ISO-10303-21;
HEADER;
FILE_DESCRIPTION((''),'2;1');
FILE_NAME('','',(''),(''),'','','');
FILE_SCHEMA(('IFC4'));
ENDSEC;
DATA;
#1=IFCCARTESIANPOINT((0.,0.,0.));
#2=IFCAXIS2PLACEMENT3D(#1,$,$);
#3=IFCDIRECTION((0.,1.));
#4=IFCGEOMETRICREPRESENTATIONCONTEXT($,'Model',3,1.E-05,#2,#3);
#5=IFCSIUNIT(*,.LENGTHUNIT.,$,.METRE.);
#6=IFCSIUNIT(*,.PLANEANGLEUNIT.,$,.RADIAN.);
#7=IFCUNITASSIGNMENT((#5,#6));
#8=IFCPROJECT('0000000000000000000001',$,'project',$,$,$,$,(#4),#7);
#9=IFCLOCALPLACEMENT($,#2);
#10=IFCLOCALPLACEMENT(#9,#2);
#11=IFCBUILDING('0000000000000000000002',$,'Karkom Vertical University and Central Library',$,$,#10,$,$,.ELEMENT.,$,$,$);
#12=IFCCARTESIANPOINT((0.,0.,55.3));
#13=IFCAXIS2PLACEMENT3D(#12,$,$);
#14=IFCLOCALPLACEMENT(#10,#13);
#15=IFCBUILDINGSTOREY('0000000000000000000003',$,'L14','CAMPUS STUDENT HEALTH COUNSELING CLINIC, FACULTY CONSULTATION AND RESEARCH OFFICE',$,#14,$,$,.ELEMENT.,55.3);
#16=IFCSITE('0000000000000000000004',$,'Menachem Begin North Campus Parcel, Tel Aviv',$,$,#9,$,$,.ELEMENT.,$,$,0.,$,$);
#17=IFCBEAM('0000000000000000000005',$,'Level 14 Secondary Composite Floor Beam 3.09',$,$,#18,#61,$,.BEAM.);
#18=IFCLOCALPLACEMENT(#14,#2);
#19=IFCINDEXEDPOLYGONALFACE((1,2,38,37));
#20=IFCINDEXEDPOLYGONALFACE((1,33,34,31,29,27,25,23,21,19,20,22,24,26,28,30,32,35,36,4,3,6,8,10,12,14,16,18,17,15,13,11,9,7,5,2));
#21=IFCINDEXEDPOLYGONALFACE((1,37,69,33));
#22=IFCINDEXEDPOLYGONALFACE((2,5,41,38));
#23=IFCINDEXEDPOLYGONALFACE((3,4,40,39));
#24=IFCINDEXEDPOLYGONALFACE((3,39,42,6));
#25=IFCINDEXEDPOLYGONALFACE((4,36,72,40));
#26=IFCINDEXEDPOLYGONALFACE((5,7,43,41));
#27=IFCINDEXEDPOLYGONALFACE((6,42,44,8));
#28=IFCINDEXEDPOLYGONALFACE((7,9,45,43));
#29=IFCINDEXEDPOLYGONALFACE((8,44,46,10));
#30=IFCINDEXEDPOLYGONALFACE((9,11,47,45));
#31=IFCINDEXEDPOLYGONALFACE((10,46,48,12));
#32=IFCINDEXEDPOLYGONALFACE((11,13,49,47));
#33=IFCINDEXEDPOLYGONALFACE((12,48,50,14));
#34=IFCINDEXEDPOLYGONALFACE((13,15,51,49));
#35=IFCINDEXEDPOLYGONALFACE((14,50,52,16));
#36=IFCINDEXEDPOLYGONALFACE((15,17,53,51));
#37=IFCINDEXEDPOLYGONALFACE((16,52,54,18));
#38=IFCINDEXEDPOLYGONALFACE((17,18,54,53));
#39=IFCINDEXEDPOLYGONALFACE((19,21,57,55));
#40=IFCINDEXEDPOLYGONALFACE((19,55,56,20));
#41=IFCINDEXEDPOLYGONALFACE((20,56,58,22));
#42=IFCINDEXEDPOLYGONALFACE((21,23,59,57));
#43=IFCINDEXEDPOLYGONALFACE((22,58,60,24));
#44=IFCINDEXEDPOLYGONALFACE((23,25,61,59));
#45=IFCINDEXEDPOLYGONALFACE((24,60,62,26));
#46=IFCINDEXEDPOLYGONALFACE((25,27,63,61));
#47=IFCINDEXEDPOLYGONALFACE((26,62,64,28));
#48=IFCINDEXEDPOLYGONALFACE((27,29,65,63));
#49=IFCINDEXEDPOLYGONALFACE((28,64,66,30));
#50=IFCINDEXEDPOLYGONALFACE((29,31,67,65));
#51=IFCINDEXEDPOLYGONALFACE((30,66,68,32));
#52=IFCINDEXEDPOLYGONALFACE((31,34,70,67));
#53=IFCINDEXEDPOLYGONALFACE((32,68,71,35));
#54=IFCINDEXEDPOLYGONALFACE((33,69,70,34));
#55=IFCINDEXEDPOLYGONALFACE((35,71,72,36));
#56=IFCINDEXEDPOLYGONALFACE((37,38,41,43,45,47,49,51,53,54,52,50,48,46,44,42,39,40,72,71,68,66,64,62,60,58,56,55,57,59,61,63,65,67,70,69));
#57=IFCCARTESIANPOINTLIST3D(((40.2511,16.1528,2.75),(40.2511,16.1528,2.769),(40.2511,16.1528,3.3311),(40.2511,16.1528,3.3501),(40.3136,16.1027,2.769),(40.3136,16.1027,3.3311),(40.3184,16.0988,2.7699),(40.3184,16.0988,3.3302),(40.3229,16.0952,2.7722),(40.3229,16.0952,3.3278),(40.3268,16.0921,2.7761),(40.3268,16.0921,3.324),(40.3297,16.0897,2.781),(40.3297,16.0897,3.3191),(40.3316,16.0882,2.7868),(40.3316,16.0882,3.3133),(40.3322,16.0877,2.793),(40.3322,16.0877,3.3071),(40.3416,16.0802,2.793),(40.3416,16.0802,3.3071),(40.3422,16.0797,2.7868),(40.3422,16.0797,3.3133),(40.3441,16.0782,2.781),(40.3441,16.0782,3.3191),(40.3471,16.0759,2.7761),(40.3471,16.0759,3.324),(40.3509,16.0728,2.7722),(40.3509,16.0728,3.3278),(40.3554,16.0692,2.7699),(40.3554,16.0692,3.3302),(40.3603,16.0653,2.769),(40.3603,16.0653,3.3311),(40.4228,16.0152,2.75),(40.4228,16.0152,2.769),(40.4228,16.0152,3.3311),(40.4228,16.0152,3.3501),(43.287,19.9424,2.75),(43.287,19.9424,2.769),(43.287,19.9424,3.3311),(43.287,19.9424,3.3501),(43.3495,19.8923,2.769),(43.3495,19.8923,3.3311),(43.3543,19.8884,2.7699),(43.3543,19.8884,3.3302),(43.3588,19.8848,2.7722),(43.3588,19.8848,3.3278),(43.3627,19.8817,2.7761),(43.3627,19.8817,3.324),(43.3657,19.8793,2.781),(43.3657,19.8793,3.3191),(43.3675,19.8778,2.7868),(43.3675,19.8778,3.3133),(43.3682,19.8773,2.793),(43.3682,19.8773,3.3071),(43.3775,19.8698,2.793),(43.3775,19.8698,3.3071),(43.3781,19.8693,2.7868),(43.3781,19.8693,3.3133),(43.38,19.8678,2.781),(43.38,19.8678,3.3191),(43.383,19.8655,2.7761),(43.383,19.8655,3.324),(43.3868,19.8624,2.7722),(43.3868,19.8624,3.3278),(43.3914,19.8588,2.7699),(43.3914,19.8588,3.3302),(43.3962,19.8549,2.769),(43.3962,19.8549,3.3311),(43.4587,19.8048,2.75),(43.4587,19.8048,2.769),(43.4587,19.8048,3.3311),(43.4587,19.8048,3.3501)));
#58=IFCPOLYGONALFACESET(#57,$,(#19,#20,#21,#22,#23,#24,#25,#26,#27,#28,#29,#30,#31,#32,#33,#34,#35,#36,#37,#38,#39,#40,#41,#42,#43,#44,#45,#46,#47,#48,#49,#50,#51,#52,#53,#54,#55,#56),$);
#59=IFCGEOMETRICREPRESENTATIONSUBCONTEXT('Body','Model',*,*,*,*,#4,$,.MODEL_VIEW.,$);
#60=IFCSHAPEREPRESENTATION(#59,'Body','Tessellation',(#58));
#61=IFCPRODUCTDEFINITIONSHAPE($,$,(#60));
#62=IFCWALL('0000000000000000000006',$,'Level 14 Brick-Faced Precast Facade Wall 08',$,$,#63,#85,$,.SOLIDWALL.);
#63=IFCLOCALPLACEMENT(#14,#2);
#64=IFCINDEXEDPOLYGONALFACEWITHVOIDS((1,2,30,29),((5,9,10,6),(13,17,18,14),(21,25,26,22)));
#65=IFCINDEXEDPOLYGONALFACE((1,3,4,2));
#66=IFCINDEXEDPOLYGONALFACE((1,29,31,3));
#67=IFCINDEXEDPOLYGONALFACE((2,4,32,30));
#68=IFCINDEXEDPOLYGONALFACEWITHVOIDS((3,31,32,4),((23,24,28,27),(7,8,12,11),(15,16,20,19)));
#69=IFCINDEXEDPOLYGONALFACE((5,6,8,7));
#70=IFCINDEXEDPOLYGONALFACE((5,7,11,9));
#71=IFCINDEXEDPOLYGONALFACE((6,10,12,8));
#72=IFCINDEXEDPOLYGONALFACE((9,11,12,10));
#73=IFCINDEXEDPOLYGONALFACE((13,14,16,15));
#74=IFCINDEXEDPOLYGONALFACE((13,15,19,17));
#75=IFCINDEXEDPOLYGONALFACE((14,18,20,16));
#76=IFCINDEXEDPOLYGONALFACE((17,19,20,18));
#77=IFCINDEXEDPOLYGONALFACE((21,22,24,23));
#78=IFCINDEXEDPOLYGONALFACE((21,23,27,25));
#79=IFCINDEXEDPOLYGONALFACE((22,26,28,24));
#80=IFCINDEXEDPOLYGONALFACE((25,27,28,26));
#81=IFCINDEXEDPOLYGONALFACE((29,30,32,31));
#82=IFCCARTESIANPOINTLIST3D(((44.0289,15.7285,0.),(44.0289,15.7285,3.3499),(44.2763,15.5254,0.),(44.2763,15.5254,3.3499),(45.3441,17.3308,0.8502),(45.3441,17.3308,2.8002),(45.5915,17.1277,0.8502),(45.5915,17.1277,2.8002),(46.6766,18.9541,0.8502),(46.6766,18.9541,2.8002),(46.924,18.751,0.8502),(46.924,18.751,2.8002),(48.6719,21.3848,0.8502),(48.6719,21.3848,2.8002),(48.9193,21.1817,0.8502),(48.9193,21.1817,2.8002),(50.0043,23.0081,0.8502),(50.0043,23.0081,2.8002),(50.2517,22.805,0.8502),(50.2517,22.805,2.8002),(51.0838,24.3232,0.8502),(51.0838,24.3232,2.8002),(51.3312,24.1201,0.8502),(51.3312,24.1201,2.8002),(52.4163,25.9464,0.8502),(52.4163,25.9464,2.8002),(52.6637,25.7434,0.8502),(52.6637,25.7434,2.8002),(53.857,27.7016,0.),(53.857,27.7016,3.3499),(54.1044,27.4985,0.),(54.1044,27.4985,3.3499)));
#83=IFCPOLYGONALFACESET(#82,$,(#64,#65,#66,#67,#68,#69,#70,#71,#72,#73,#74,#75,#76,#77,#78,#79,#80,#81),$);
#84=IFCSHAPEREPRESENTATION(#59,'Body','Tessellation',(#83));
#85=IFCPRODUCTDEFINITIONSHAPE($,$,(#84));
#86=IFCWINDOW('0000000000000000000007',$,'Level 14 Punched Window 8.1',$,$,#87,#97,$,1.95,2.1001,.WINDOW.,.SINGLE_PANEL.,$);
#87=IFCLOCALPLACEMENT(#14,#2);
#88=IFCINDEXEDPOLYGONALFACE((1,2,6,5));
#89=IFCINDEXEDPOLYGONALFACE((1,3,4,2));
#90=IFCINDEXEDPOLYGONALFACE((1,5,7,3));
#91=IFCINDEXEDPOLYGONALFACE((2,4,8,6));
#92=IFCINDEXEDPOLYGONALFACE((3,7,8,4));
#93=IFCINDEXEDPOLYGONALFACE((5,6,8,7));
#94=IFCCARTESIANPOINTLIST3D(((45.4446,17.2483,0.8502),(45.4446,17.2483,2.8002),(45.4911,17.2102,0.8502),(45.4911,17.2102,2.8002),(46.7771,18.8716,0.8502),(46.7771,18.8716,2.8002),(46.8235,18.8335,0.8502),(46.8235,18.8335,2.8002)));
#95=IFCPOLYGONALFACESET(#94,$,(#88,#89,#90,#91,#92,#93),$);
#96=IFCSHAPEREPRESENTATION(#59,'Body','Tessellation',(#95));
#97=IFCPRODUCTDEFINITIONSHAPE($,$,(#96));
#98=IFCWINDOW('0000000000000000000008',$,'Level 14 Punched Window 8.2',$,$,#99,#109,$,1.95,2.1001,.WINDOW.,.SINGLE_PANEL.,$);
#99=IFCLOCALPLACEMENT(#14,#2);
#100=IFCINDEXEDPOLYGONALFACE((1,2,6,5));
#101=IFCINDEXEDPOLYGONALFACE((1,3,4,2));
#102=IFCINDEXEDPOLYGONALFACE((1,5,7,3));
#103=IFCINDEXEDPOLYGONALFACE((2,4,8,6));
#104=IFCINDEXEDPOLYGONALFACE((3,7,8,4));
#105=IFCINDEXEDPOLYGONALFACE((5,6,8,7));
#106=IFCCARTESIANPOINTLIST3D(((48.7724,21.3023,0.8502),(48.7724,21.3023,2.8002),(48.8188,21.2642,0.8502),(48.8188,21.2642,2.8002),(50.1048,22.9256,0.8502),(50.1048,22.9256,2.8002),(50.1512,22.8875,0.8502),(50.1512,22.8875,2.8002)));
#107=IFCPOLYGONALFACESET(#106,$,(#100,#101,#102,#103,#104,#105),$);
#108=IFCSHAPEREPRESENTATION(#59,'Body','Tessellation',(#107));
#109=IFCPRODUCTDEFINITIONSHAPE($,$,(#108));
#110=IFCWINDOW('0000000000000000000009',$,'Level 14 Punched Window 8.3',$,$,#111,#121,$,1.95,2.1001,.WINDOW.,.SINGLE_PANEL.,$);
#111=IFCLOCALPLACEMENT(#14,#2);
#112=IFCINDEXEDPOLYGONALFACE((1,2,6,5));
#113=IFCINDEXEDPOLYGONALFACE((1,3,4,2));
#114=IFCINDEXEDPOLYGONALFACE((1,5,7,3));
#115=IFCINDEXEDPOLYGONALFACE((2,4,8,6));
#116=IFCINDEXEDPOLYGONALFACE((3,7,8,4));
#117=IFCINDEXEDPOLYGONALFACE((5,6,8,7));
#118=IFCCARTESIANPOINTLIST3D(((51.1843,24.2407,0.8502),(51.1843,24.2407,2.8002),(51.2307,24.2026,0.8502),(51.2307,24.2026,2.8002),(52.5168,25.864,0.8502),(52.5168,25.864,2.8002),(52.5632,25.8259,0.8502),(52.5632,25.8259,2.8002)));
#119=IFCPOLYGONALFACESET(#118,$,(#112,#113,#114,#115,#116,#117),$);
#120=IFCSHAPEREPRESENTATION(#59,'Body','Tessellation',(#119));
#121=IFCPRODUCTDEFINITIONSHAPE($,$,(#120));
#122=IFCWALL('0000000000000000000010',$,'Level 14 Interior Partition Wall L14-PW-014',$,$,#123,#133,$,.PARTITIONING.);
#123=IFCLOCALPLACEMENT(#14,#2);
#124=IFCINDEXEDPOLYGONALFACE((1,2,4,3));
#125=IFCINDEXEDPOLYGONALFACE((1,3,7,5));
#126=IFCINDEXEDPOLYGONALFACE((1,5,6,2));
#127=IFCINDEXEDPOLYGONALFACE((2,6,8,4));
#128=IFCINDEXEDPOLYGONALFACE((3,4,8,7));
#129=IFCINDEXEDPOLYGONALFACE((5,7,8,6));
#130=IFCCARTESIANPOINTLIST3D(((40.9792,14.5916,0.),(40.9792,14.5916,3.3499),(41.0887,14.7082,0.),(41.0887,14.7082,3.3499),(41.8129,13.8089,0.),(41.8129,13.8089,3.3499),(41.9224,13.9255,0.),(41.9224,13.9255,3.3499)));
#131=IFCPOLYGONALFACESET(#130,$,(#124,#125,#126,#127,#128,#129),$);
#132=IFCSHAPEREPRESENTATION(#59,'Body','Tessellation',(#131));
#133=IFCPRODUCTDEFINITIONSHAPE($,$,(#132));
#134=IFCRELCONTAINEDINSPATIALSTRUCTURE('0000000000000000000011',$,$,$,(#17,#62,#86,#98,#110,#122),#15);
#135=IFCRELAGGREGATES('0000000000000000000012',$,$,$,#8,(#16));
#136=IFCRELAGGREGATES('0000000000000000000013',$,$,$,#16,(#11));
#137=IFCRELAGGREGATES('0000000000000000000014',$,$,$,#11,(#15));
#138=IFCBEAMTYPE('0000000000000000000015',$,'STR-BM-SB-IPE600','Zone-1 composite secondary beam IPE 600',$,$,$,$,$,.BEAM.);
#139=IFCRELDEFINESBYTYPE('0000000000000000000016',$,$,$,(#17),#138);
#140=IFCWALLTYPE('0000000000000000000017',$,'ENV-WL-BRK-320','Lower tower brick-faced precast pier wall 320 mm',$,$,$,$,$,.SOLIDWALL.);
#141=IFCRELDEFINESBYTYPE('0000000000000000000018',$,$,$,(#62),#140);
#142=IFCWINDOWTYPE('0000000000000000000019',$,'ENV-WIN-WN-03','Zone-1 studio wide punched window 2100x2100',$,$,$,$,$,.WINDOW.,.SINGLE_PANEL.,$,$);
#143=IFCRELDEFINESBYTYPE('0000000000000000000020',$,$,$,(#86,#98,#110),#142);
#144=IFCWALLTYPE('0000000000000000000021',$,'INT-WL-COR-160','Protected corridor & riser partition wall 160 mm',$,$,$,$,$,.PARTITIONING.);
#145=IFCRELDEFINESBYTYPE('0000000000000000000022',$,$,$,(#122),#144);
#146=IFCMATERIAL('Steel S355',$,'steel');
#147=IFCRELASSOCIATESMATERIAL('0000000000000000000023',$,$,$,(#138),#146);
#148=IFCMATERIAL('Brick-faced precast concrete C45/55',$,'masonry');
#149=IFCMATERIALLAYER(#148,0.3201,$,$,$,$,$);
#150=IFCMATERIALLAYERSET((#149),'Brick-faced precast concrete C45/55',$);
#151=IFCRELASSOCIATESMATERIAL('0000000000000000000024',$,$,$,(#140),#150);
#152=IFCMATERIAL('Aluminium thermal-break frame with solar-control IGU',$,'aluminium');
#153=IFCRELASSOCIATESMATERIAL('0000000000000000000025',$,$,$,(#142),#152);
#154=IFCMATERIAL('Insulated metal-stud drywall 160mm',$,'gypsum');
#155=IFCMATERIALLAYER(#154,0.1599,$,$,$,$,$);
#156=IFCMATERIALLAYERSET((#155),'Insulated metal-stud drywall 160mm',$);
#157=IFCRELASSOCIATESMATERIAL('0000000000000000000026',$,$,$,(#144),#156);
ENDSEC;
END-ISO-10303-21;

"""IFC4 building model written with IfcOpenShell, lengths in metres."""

from ifc_helpers import new_model, si_unit, direction, frame, frame_2d, origin, origin_with_axes, origin_2d, place, context, subcontext, project, spatial, rectangle, i_section, extrude, source, transform, mapped, material, layer, layer_set, material_profile, profile_set, type_object, element, fill, save


model = new_model("IFC4")

# Units and contexts
model_context = context("Model", 3, precision=1e-05, world=origin(), true_north=direction((0.0, 1.0)))
body_context = subcontext(model_context, "Body", "Model", "MODEL_VIEW")
ifc_project = project(units=[si_unit("LENGTHUNIT", "METRE"), si_unit("PLANEANGLEUNIT", "RADIAN")], contexts=[model_context])

# Site, building, storey
site_placement = place(None, origin())
site = spatial("IfcSite", under=ifc_project, at=site_placement, Name="Menachem Begin North Campus Parcel, Tel Aviv", CompositionType="ELEMENT", RefElevation=0.0)
building_placement = place(site_placement, origin())
building = spatial("IfcBuilding", under=site, at=building_placement, Name="Karkom Vertical University and Central Library", CompositionType="ELEMENT")
storey_placement = place(building_placement, frame((0.0, 0.0, 55.3)))
storey = spatial("IfcBuildingStorey", under=building, at=storey_placement, Name="L14", Description="CAMPUS STUDENT HEALTH COUNSELING CLINIC, FACULTY CONSULTATION AND RESEARCH OFFICE", CompositionType="ELEMENT", Elevation=55.3)

# Beam
ifc_material_1 = material(Name="Steel S355", Category="steel")
ifc_material_profile_1 = material_profile(ifc_material_1, i_section(OverallWidth=0.22, OverallDepth=0.6001, WebThickness=0.012, FlangeThickness=0.019, FilletRadius=0.0239, at=origin_2d()), Name="IPE 600")
ifc_profile_set_1 = profile_set([ifc_material_profile_1], Name="Steel S355")
beam_type_1 = type_object("IfcBeamType", Name="STR-BM-SB-IPE600", Description="Zone-1 composite secondary beam IPE 600", PredefinedType="BEAM", material=ifc_profile_set_1)
shared_shape_1 = source(origin_with_axes(), body_context, "Body", "SweptSolid", [
    extrude(i_section(OverallWidth=0.22, OverallDepth=0.6001, WebThickness=0.012, FlangeThickness=0.019, FilletRadius=0.0239, at=origin_2d()), origin(), (0.0, 0.0, 1.0), 4.8557),
])
beam_1_placement = place(storey_placement, frame((40.3369, 16.084, 3.05), z_axis=(0.625228, 0.780442, 0.0), x_axis=(-0.780442, 0.625228, 0.0)))
element("IfcBeam", 1, at=beam_1_placement, inside=storey, type_object=beam_type_1, Name="Level 14 Secondary Composite Floor Beam 3.09", PredefinedType="BEAM", context=body_context, shape_type="MappedRepresentation", body=[
    mapped(shared_shape_1, transform((0.0, 0.0, 0.0), scale=1.0)),
])

# Wall, openings, windows
ifc_material_2 = material(Name="Brick-faced precast concrete C45/55", Category="masonry")
ifc_layer_1 = layer(ifc_material_2, 0.3201)
ifc_layer_set_1 = layer_set([ifc_layer_1], Name="Brick-faced precast concrete C45/55")
wall_type_1 = type_object("IfcWallType", Name="ENV-WL-BRK-320", Description="Lower tower brick-faced precast pier wall 320 mm", PredefinedType="SOLIDWALL", material=ifc_layer_set_1)
wall_1_placement = place(storey_placement, frame((44.1526, 15.627, 0.0), z_axis=(0.0, 0.0, 1.0), x_axis=(0.634471, 0.772947, 0.0)))
wall_1 = element("IfcWall", 2, at=wall_1_placement, inside=storey, type_object=wall_type_1, Name="Level 14 Brick-Faced Precast Facade Wall 08", PredefinedType="SOLIDWALL", context=body_context, shape_type="SweptSolid", body=[
    extrude(rectangle(XDim=15.4902, YDim=0.3201, at=frame_2d((7.7451, 0.0))), origin(), (0.0, 0.0, 1.0), 3.3499),
])
opening_1_placement = place(wall_1_placement, frame((2.073, 0.0, 0.8501)))
opening_1 = element("IfcOpeningElement", 3, at=opening_1_placement, cuts=wall_1, PredefinedType="OPENING", context=body_context, shape_type="SweptSolid", body=[
    extrude(rectangle(XDim=2.1001, YDim=1.95, at=frame_2d((1.05, 0.9751))), frame((0.0, 0.1699, 0.0), z_axis=(0.0, -1.0, 0.0), x_axis=(1.0, 0.0, 0.0)), (0.0, 0.0, 1.0), 0.3401),
])
opening_2_placement = place(wall_1_placement, frame((7.3179, 0.0, 0.8501)))
opening_2 = element("IfcOpeningElement", 4, at=opening_2_placement, cuts=wall_1, PredefinedType="OPENING", context=body_context, shape_type="SweptSolid", body=[
    extrude(rectangle(XDim=2.1001, YDim=1.95, at=frame_2d((1.05, 0.9751))), frame((0.0, 0.1699, 0.0), z_axis=(0.0, -1.0, 0.0), x_axis=(1.0, 0.0, 0.0)), (0.0, 0.0, 1.0), 0.3401),
])
opening_3_placement = place(wall_1_placement, frame((11.1194, 0.0, 0.8501)))
opening_3 = element("IfcOpeningElement", 5, at=opening_3_placement, cuts=wall_1, PredefinedType="OPENING", context=body_context, shape_type="SweptSolid", body=[
    extrude(rectangle(XDim=2.1001, YDim=1.95, at=frame_2d((1.05, 0.9751))), frame((0.0, 0.1699, 0.0), z_axis=(0.0, -1.0, 0.0), x_axis=(1.0, 0.0, 0.0)), (0.0, 0.0, 1.0), 0.3401),
])
ifc_material_3 = material(Name="Aluminium thermal-break frame with solar-control IGU", Category="aluminium")
window_type = type_object("IfcWindowType", Name="ENV-WIN-WN-03", Description="Zone-1 studio wide punched window 2100x2100", PartitioningType="SINGLE_PANEL", PredefinedType="WINDOW", material=ifc_material_3)
shared_shape_2 = source(origin_with_axes(), body_context, "Body", "SweptSolid", [
    extrude(rectangle(XDim=2.1001, YDim=1.95, at=frame_2d((1.05, 0.9751))), frame((0.0, 0.03, 0.0), z_axis=(0.0, -1.0, 0.0), x_axis=(1.0, 0.0, 0.0)), (0.0, 0.0, 1.0), 0.0601),
])
window_1_placement = place(opening_1_placement, origin())
window_1 = element("IfcWindow", 6, at=window_1_placement, inside=storey, type_object=window_type, Name="Level 14 Punched Window 8.1", OverallHeight=1.95, OverallWidth=2.1001, PartitioningType="SINGLE_PANEL", PredefinedType="WINDOW", context=body_context, shape_type="MappedRepresentation", body=[
    mapped(shared_shape_2, transform((0.0, 0.0, 0.0), scale=1.0)),
])
fill(opening_1, window_1)
window_2_placement = place(opening_2_placement, origin())
window_2 = element("IfcWindow", 7, at=window_2_placement, inside=storey, type_object=window_type, Name="Level 14 Punched Window 8.2", OverallHeight=1.95, OverallWidth=2.1001, PartitioningType="SINGLE_PANEL", PredefinedType="WINDOW", context=body_context, shape_type="MappedRepresentation", body=[
    mapped(shared_shape_2, transform((0.0, 0.0, 0.0), scale=1.0)),
])
fill(opening_2, window_2)
window_3_placement = place(opening_3_placement, origin())
window_3 = element("IfcWindow", 8, at=window_3_placement, inside=storey, type_object=window_type, Name="Level 14 Punched Window 8.3", OverallHeight=1.95, OverallWidth=2.1001, PartitioningType="SINGLE_PANEL", PredefinedType="WINDOW", context=body_context, shape_type="MappedRepresentation", body=[
    mapped(shared_shape_2, transform((0.0, 0.0, 0.0), scale=1.0)),
])
fill(opening_3, window_3)

# Shared definitions
ifc_material_4 = material(Name="Insulated metal-stud drywall 160mm", Category="gypsum")
ifc_layer_2 = layer(ifc_material_4, 0.1599)
ifc_layer_set_2 = layer_set([ifc_layer_2], Name="Insulated metal-stud drywall 160mm")
wall_type_2 = type_object("IfcWallType", Name="INT-WL-COR-160", Description="Protected corridor & riser partition wall 160 mm", PredefinedType="PARTITIONING", material=ifc_layer_set_2)

# Wall
wall_2_placement = place(storey_placement, frame((41.0339, 14.6499, 0.0), z_axis=(0.0, 0.0, 1.0), x_axis=(0.729064, -0.684445, 0.0)))
element("IfcWall", 9, at=wall_2_placement, inside=storey, type_object=wall_type_2, Name="Level 14 Interior Partition Wall L14-PW-014", PredefinedType="PARTITIONING", context=body_context, shape_type="SweptSolid", body=[
    extrude(rectangle(XDim=1.1436, YDim=0.1599, at=frame_2d((0.5718, 0.0))), origin(), (0.0, 0.0, 1.0), 3.3499),
])

save(model, "model.ifc")
